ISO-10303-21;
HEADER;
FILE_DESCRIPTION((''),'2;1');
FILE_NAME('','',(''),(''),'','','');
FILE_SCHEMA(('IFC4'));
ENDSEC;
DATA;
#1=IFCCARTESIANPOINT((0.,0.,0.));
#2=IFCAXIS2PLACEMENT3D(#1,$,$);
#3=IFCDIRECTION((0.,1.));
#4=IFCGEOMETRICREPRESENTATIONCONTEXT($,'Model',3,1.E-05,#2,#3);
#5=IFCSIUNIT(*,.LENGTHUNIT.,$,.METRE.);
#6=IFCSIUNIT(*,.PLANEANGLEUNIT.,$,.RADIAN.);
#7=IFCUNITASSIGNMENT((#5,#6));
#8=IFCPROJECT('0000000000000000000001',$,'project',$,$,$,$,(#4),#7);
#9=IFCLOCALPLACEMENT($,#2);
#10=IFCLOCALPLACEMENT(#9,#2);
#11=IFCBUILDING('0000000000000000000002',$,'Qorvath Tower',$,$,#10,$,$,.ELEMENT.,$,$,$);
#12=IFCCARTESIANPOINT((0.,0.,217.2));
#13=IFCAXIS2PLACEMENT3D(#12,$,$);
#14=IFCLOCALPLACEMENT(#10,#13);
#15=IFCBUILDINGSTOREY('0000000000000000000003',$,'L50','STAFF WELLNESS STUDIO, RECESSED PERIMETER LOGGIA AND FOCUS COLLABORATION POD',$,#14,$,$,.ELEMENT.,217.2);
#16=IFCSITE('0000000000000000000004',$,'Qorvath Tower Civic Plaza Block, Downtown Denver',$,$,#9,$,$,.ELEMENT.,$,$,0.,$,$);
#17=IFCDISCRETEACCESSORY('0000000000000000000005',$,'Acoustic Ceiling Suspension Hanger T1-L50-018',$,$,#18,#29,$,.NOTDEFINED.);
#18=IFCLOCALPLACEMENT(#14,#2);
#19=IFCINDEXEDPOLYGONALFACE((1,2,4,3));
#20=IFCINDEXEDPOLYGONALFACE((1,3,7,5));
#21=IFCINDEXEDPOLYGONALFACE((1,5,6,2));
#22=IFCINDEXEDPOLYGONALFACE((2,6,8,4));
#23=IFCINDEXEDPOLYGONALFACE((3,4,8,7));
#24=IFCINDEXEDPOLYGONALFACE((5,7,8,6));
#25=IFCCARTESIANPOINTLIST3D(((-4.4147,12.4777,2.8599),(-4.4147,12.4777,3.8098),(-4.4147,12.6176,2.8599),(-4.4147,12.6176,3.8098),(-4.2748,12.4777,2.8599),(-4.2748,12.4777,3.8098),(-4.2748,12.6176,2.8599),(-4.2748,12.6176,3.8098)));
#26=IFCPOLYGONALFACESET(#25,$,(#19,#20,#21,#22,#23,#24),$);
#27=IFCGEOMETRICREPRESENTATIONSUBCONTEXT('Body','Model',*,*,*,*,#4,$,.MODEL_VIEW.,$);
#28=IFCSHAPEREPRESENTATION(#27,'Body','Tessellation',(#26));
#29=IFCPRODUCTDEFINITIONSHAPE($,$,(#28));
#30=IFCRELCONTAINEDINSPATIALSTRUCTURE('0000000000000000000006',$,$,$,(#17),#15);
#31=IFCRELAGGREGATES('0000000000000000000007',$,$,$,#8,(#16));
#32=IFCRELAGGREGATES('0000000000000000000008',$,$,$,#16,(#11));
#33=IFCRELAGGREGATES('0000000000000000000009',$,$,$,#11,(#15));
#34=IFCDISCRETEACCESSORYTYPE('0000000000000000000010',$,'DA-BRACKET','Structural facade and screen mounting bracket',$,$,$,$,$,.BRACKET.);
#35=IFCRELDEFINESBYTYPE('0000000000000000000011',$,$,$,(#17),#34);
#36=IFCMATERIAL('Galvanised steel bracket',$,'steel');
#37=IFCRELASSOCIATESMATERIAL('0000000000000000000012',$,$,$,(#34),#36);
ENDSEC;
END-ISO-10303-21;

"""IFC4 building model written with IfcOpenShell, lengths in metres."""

from ifc_helpers import new_model, si_unit, direction, frame, origin, origin_2d, place, context, subcontext, project, spatial, rectangle, extrude, material, type_object, element, save


model = new_model("IFC4")

# Units and contexts
model_context = context("Model", 3, precision=1e-05, world=origin(), true_north=direction((0.0, 1.0)))
body_context = subcontext(model_context, "Body", "Model", "MODEL_VIEW")
ifc_project = project(units=[si_unit("LENGTHUNIT", "METRE"), si_unit("PLANEANGLEUNIT", "RADIAN")], contexts=[model_context])

# Site, building, storey
site_placement = place(None, origin())
site = spatial("IfcSite", under=ifc_project, at=site_placement, Name="Qorvath Tower Civic Plaza Block, Downtown Denver", CompositionType="ELEMENT", RefElevation=0.0)
building_placement = place(site_placement, origin())
building = spatial("IfcBuilding", under=site, at=building_placement, Name="Qorvath Tower", CompositionType="ELEMENT")
storey_placement = place(building_placement, frame((0.0, 0.0, 217.2)))
storey = spatial("IfcBuildingStorey", under=building, at=storey_placement, Name="L50", Description="STAFF WELLNESS STUDIO, RECESSED PERIMETER LOGGIA AND FOCUS COLLABORATION POD", CompositionType="ELEMENT", Elevation=217.2)

# Discrete accessory
ifc_material_1 = material(Name="Galvanised steel bracket", Category="steel")
discrete_accessory_type = type_object("IfcDiscreteAccessoryType", Name="DA-BRACKET", Description="Structural facade and screen mounting bracket", PredefinedType="BRACKET", material=ifc_material_1)
for number, where, z_axis, x_axis, name in (
    (1, (-4.3447, 12.5476, 2.8599), (0.0, 0.0, 1.0), (1.0, 0.0, 0.0), "Acoustic Ceiling Suspension Hanger T1-L50-018"),
):
    element("IfcDiscreteAccessory", number, at=place(storey_placement, frame(where, z_axis=z_axis, x_axis=x_axis)), inside=storey, type_object=discrete_accessory_type, Name=name, PredefinedType="NOTDEFINED", context=body_context, shape_type="SweptSolid", body=[
        extrude(rectangle(XDim=0.1399, YDim=0.1399, at=origin_2d()), origin(), (0.0, 0.0, 1.0), 0.95),
    ])

save(model, "model.ifc")
